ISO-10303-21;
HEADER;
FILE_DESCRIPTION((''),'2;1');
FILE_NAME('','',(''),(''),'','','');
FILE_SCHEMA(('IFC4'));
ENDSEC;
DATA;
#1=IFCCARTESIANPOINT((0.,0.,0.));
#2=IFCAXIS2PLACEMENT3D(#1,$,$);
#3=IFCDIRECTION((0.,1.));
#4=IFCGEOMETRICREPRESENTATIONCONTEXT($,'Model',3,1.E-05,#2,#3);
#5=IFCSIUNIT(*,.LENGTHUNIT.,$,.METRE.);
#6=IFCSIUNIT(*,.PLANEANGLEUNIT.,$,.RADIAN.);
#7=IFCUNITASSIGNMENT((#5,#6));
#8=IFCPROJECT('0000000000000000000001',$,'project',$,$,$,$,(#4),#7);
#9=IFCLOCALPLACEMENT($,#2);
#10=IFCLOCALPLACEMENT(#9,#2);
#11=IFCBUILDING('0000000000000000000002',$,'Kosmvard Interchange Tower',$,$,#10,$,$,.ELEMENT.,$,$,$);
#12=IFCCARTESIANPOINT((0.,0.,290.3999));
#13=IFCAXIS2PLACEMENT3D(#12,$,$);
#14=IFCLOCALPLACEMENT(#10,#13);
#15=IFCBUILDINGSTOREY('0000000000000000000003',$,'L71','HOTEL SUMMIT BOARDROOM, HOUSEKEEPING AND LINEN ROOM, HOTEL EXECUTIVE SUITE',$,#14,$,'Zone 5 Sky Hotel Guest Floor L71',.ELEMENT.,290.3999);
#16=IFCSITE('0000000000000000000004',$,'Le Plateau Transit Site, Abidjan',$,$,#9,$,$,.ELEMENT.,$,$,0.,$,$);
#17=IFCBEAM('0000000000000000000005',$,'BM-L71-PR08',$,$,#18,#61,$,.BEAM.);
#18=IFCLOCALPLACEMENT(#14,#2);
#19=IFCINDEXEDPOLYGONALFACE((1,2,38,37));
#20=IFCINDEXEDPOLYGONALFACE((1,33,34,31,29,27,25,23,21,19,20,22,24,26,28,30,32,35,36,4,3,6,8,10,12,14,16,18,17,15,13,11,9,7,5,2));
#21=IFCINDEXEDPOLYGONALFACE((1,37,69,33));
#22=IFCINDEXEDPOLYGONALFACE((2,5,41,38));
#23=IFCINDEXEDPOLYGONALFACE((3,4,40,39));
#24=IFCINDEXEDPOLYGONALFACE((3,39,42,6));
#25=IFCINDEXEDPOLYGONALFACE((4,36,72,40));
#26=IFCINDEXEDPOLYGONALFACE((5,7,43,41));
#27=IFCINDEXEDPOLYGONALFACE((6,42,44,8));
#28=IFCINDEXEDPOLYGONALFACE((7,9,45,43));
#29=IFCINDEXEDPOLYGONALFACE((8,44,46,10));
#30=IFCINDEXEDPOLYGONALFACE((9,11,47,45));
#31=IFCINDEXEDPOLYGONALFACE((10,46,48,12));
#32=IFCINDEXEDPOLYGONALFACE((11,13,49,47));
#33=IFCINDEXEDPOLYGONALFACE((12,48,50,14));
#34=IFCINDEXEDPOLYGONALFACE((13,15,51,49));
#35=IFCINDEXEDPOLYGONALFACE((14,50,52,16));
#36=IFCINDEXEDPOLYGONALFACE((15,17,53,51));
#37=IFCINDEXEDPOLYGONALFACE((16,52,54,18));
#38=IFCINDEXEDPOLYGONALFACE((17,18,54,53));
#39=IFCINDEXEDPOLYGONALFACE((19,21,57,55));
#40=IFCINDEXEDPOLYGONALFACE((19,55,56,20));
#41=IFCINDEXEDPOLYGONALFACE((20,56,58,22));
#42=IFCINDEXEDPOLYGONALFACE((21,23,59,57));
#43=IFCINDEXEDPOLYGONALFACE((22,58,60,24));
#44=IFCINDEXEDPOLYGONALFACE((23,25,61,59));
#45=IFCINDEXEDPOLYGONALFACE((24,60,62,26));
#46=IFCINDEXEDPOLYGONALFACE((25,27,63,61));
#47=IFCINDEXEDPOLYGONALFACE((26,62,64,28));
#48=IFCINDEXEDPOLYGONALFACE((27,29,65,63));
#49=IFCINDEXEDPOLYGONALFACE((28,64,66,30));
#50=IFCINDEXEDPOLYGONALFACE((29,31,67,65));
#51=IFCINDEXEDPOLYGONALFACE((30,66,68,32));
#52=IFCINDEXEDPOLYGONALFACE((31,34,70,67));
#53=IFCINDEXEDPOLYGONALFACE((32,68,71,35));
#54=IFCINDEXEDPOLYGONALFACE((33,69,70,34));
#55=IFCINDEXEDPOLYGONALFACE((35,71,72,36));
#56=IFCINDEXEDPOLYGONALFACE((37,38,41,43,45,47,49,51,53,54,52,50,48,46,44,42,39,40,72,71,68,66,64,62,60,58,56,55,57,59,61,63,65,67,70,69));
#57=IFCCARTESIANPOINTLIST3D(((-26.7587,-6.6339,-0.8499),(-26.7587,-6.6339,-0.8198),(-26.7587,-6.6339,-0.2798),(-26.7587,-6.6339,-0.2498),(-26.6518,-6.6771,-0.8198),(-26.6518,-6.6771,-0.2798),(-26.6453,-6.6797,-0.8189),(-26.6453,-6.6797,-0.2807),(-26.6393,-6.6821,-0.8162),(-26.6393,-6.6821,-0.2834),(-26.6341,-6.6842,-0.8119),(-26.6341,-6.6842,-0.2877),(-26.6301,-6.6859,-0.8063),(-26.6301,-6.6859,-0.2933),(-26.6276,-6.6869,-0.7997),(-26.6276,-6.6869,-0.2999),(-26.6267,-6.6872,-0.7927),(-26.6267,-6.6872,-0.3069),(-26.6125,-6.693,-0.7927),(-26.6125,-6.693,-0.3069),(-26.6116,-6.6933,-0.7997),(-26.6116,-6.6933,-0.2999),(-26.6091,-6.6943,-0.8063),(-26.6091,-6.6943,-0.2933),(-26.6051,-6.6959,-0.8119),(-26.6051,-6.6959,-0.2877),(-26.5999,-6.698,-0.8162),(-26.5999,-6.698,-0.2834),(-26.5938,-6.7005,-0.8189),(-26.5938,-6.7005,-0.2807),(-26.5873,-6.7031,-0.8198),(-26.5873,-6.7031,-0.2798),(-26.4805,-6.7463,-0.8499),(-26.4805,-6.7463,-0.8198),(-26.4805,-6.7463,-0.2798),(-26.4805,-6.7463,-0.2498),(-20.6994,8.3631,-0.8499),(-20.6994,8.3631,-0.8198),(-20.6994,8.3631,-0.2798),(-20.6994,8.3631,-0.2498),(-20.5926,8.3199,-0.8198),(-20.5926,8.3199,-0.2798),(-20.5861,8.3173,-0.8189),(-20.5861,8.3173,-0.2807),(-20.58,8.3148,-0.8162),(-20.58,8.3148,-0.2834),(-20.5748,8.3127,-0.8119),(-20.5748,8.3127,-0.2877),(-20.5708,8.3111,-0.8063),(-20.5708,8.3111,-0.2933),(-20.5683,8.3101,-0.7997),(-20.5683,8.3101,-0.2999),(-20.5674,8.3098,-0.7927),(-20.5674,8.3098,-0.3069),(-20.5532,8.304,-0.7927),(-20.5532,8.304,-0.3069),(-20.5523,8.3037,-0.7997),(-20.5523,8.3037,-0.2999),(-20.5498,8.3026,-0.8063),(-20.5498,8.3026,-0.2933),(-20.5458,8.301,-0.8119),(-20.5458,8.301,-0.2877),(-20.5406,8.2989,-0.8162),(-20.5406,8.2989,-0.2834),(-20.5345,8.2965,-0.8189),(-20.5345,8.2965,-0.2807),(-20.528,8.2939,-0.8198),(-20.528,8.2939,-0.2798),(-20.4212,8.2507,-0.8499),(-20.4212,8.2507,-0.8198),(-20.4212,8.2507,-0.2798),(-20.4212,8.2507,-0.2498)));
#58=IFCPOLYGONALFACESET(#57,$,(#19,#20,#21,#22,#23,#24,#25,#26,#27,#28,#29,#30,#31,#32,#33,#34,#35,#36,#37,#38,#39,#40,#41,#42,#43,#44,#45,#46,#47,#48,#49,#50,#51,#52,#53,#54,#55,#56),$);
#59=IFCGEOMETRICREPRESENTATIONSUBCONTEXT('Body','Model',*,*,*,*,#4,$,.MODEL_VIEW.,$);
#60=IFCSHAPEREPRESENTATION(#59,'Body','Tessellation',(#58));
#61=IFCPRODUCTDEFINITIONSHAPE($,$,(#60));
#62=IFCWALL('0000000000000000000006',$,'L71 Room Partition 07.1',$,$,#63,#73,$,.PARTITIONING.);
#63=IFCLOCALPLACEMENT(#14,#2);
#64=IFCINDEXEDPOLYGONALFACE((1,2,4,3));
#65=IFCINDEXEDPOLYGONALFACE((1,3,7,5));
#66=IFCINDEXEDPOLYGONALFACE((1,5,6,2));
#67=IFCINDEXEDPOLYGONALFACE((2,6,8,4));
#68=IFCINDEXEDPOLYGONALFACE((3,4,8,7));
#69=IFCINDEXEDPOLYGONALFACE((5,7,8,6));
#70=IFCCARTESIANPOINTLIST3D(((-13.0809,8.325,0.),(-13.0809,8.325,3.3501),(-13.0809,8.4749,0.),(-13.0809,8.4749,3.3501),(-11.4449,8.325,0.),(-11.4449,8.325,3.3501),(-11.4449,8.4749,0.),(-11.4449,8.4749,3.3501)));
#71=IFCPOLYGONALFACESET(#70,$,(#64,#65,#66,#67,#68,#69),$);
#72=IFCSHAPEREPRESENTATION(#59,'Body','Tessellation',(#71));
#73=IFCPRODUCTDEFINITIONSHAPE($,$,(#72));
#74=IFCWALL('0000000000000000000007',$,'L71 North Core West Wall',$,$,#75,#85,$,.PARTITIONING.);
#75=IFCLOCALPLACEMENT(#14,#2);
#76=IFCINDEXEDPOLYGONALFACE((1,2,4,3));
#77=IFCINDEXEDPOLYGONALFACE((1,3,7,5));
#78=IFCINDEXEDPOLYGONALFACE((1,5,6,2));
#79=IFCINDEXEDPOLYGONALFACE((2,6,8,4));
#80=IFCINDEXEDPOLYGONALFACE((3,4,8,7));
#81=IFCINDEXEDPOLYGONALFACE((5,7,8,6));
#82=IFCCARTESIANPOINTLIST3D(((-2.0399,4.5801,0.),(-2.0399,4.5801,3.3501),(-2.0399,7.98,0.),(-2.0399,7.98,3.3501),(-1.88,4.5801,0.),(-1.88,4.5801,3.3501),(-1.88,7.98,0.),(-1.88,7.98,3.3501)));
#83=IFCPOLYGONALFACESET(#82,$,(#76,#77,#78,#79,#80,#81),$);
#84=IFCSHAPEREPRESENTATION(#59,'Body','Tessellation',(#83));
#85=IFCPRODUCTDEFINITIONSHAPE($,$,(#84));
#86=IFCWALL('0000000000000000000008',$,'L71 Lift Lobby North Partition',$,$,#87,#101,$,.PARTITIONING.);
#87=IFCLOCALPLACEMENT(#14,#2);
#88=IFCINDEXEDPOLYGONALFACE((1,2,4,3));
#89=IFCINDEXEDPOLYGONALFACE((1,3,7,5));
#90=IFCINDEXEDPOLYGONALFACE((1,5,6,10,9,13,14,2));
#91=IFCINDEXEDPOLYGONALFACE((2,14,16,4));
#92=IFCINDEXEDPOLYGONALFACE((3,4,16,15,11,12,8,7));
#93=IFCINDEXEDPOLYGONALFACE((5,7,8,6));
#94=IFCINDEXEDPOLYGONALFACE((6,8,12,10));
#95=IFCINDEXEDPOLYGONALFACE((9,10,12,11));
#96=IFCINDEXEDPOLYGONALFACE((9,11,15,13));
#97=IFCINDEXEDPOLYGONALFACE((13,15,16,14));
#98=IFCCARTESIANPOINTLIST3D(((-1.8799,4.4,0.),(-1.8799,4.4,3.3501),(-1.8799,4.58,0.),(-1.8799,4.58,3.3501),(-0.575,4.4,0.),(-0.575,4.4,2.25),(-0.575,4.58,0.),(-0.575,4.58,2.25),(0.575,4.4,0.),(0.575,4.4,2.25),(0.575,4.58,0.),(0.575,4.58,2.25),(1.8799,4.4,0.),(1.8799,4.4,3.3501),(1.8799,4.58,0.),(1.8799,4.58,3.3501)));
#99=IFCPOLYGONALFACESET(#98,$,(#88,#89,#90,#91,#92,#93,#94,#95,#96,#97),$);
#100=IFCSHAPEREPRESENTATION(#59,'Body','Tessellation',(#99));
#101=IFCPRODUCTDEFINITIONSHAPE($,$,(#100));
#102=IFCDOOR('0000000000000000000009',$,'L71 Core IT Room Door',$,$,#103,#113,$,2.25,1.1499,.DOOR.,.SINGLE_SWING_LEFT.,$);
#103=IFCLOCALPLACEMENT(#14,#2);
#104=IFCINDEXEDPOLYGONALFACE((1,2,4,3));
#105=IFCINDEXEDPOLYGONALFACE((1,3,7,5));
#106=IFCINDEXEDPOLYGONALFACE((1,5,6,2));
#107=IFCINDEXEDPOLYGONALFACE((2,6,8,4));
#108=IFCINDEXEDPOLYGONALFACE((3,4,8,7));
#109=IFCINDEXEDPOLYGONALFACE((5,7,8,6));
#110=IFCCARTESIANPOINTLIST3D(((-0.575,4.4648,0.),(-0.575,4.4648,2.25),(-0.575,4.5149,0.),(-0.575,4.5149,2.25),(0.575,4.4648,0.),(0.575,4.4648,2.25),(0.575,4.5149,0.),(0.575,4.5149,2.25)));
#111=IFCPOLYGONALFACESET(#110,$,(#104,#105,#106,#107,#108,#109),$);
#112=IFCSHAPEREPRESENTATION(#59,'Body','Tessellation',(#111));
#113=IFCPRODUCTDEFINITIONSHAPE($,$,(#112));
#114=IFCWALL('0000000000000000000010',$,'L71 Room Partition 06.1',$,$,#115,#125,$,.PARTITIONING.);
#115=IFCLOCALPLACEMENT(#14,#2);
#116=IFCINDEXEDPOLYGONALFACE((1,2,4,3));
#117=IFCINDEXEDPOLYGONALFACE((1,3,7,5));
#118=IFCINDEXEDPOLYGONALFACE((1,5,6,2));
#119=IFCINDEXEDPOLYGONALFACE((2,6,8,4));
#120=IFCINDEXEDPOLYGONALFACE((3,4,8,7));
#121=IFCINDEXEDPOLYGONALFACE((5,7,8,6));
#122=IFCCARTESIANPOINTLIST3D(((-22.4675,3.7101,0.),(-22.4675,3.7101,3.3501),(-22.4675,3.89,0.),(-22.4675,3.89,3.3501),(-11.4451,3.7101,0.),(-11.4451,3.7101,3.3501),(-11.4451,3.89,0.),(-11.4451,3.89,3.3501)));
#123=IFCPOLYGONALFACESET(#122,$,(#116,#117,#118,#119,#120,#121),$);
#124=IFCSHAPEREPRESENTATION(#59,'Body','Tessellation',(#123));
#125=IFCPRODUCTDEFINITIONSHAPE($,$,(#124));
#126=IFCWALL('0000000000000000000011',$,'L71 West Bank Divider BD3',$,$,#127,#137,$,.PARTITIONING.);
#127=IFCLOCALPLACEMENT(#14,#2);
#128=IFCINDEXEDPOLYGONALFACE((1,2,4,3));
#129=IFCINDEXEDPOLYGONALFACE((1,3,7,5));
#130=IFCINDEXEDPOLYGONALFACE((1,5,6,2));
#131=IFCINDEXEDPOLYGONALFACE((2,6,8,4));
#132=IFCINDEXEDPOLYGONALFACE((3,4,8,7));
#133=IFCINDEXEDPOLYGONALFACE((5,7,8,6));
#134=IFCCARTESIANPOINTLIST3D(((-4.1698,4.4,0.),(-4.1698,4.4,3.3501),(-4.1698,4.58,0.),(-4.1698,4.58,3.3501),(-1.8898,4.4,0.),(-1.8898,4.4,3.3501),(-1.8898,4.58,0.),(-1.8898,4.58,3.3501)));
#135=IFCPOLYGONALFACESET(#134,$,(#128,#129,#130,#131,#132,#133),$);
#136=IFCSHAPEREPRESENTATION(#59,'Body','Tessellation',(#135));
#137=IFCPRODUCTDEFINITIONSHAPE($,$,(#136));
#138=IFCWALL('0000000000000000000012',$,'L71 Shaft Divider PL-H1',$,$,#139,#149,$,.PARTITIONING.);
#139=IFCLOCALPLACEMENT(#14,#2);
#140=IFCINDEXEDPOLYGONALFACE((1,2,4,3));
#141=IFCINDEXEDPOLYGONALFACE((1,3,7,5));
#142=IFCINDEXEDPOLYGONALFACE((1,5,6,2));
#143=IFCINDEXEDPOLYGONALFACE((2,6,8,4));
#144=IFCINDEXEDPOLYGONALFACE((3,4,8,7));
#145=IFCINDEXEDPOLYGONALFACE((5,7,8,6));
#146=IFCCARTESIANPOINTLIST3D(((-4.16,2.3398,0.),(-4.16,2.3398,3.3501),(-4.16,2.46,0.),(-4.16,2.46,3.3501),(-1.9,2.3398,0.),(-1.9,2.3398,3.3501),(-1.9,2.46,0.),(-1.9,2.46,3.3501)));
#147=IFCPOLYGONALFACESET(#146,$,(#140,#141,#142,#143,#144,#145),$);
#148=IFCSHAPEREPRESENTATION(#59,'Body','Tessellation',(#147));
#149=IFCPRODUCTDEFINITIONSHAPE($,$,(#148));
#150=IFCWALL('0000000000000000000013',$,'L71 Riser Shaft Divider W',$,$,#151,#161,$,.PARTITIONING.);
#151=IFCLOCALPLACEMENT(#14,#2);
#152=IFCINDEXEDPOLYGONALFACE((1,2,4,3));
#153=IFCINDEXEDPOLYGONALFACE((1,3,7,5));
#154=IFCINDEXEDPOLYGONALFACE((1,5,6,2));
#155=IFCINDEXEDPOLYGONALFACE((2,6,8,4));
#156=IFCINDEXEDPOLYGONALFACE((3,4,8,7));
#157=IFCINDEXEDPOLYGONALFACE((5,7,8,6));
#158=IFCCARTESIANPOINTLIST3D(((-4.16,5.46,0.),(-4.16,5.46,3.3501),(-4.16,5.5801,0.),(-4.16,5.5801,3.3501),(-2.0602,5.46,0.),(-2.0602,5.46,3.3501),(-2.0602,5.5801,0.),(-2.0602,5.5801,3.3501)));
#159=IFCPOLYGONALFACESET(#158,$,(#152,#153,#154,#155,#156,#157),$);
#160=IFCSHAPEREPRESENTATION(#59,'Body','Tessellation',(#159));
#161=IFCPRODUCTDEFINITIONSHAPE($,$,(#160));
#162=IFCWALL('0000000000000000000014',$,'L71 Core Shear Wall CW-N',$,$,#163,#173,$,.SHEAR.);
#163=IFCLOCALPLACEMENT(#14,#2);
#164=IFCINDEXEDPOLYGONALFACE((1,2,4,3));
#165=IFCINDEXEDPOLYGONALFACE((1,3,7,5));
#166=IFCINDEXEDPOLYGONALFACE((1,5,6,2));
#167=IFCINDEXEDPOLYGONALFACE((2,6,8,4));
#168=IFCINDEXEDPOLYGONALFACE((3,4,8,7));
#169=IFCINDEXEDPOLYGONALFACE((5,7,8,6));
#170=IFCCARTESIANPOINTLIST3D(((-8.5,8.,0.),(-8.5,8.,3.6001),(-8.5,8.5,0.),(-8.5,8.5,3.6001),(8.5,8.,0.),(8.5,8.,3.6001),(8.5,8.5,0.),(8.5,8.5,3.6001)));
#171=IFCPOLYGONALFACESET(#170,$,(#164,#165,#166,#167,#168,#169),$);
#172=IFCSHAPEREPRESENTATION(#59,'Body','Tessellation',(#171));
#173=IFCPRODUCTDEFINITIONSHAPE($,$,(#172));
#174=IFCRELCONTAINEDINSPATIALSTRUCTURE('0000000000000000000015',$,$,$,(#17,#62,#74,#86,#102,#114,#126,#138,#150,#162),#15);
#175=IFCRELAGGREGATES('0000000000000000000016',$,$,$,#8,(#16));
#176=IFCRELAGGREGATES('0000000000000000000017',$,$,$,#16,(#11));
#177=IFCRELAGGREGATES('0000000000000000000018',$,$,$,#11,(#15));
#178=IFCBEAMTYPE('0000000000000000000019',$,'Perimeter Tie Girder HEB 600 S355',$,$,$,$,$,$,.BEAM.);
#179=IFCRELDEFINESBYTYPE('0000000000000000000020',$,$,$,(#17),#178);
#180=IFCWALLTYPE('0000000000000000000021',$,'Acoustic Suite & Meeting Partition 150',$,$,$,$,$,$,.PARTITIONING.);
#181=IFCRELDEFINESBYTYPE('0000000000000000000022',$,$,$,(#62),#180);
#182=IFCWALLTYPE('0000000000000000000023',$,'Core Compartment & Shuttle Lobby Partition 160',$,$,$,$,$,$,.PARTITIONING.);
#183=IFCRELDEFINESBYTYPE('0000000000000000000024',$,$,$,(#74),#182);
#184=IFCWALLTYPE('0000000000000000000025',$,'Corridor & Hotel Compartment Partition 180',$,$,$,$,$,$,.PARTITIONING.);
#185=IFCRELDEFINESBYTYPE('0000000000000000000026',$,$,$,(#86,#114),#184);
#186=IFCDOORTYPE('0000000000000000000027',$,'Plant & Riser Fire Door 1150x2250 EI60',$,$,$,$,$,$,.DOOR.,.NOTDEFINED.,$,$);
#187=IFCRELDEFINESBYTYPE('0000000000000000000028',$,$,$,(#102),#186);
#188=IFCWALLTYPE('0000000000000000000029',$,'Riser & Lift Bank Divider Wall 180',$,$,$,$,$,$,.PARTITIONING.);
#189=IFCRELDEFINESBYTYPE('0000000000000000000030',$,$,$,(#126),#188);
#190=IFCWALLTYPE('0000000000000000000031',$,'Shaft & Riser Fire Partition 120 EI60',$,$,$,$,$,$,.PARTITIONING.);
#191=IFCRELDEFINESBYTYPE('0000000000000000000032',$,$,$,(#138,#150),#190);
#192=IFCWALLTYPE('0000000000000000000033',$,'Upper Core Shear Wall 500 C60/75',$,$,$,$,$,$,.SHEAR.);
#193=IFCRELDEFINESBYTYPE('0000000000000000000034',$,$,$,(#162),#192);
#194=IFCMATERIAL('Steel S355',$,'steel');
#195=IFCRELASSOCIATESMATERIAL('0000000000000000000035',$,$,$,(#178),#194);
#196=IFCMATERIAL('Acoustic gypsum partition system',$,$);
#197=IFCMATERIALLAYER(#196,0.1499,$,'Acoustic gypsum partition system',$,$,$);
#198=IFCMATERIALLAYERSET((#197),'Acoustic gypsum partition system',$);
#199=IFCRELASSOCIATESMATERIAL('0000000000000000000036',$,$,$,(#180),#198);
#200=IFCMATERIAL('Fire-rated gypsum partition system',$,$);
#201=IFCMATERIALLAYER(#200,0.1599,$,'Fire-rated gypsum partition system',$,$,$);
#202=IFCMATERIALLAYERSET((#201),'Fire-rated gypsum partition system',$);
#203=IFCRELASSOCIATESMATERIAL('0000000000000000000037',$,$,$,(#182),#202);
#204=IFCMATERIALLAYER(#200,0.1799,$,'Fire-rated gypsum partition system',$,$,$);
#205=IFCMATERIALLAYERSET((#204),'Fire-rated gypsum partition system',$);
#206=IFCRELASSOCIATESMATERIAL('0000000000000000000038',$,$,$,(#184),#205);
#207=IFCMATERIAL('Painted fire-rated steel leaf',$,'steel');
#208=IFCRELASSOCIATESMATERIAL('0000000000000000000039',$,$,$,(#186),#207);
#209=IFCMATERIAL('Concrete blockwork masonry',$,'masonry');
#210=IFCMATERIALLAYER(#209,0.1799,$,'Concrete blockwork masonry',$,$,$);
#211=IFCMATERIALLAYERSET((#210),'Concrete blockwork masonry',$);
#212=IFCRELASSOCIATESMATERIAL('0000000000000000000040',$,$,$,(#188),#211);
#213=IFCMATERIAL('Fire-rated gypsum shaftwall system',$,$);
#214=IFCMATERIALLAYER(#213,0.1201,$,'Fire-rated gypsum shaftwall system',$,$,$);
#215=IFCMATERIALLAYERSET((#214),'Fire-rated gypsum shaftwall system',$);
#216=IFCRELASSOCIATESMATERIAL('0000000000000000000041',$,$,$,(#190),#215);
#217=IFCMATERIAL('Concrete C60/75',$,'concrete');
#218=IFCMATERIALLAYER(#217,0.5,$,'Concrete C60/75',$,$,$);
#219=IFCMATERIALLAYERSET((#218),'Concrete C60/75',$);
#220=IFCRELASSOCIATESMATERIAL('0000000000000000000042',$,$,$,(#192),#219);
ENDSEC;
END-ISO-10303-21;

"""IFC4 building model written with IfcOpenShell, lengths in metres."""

from ifc_helpers import new_model, si_unit, direction, frame, frame_2d, origin, origin_2d, place, context, subcontext, project, spatial, rectangle, i_section, extrude, source, transform, mapped, material, layer, layer_set, material_profile, profile_set, type_object, element, fill, save


model = new_model("IFC4")

# Units and contexts
model_context = context("Model", 3, precision=1e-05, world=origin(), true_north=direction((0.0, 1.0)))
body_context = subcontext(model_context, "Body", "Model", "MODEL_VIEW")
ifc_project = project(units=[si_unit("LENGTHUNIT", "METRE"), si_unit("PLANEANGLEUNIT", "RADIAN")], contexts=[model_context])

# Site, building, storey
site_placement = place(None, origin())
site = spatial("IfcSite", under=ifc_project, at=site_placement, Name="Le Plateau Transit Site, Abidjan", CompositionType="ELEMENT", RefElevation=0.0)
building_placement = place(site_placement, origin())
building = spatial("IfcBuilding", under=site, at=building_placement, Name="Kosmvard Interchange Tower", CompositionType="ELEMENT")
storey_placement = place(building_placement, frame((0.0, 0.0, 290.3999)))
storey = spatial("IfcBuildingStorey", under=building, at=storey_placement, Name="L71", Description="HOTEL SUMMIT BOARDROOM, HOUSEKEEPING AND LINEN ROOM, HOTEL EXECUTIVE SUITE", LongName="Zone 5 Sky Hotel Guest Floor L71", CompositionType="ELEMENT", Elevation=290.3999)

# Beam
ifc_material_1 = material(Name="Steel S355", Category="steel")
ifc_material_profile_1 = material_profile(ifc_material_1, i_section(OverallWidth=0.3, OverallDepth=0.6001, WebThickness=0.0154, FlangeThickness=0.03, FilletRadius=0.0271, at=origin_2d()), Name="HEB 600")
ifc_profile_set_1 = profile_set([ifc_material_profile_1], Name="Steel S355")
beam_type_1 = type_object("IfcBeamType", Name="Perimeter Tie Girder HEB 600 S355", PredefinedType="BEAM", material=ifc_profile_set_1)
shared_shape_1 = source(origin(), body_context, "Body", "SweptSolid", [
    extrude(i_section(OverallWidth=0.3, OverallDepth=0.6001, WebThickness=0.0154, FlangeThickness=0.03, FilletRadius=0.0271, at=origin_2d()), origin(), (0.0, 0.0, 1.0), 16.1748),
])
beam_1_placement = place(storey_placement, frame((-20.5603, 8.3069, -0.5498), z_axis=(-0.374613, -0.927181, 0.0), x_axis=(0.927181, -0.374613, 0.0)))
element("IfcBeam", 1, at=beam_1_placement, inside=storey, type_object=beam_type_1, Name="BM-L71-PR08", PredefinedType="BEAM", context=body_context, shape_type="MappedRepresentation", body=[
    mapped(shared_shape_1, transform((0.0, 0.0, 0.0), scale=1.0)),
])

# Walls
ifc_material_2 = material(Name="Acoustic gypsum partition system")
ifc_layer_1 = layer(ifc_material_2, 0.1499, Name="Acoustic gypsum partition system")
ifc_layer_set_1 = layer_set([ifc_layer_1], Name="Acoustic gypsum partition system")
wall_type_1 = type_object("IfcWallType", Name="Acoustic Suite & Meeting Partition 150", PredefinedType="PARTITIONING", material=ifc_layer_set_1)
wall_1_placement = place(storey_placement, frame((-11.4451, 8.3999, 0.0), z_axis=(0.0, 0.0, 1.0), x_axis=(-1.0, 0.0, 0.0)))
element("IfcWall", 2, at=wall_1_placement, inside=storey, type_object=wall_type_1, Name="L71 Room Partition 07.1", PredefinedType="PARTITIONING", context=body_context, shape_type="SweptSolid", body=[
    extrude(rectangle(XDim=1.636, YDim=0.1499, at=frame_2d((0.8179, 0.0))), origin(), (0.0, 0.0, 1.0), 3.3501),
])
ifc_material_3 = material(Name="Fire-rated gypsum partition system")
ifc_layer_2 = layer(ifc_material_3, 0.1599, Name="Fire-rated gypsum partition system")
ifc_layer_set_2 = layer_set([ifc_layer_2], Name="Fire-rated gypsum partition system")
wall_type_2 = type_object("IfcWallType", Name="Core Compartment & Shuttle Lobby Partition 160", PredefinedType="PARTITIONING", material=ifc_layer_set_2)
wall_2_placement = place(storey_placement, frame((-1.96, 4.5801, 0.0), z_axis=(0.0, 0.0, 1.0), x_axis=(0.0, 1.0, 0.0)))
element("IfcWall", 3, at=wall_2_placement, inside=storey, type_object=wall_type_2, Name="L71 North Core West Wall", PredefinedType="PARTITIONING", context=body_context, shape_type="SweptSolid", body=[
    extrude(rectangle(XDim=3.3999, YDim=0.1599, at=frame_2d((1.7, 0.0))), origin(), (0.0, 0.0, 1.0), 3.3501),
])

# Wall, opening, door
ifc_layer_3 = layer(ifc_material_3, 0.1799, Name="Fire-rated gypsum partition system")
ifc_layer_set_3 = layer_set([ifc_layer_3], Name="Fire-rated gypsum partition system")
wall_type_3 = type_object("IfcWallType", Name="Corridor & Hotel Compartment Partition 180", PredefinedType="PARTITIONING", material=ifc_layer_set_3)
wall_3_placement = place(storey_placement, frame((-1.8799, 4.49, 0.0), z_axis=(0.0, 0.0, 1.0), x_axis=(1.0, 0.0, 0.0)))
wall_3 = element("IfcWall", 4, at=wall_3_placement, inside=storey, type_object=wall_type_3, Name="L71 Lift Lobby North Partition", PredefinedType="PARTITIONING", context=body_context, shape_type="SweptSolid", body=[
    extrude(rectangle(XDim=3.7598, YDim=0.1799, at=frame_2d((1.8799, 0.0))), origin(), (0.0, 0.0, 1.0), 3.3501),
])
opening_1_placement = place(wall_3_placement, frame((1.3049, 0.0, 0.0)))
opening_1 = element("IfcOpeningElement", 5, at=opening_1_placement, cuts=wall_3, PredefinedType="OPENING", context=body_context, shape_type="SweptSolid", body=[
    extrude(rectangle(XDim=1.1499, YDim=2.25, at=frame_2d((0.575, 1.125))), frame((0.0, 0.1001, 0.0), z_axis=(0.0, -1.0, 0.0), x_axis=(1.0, 0.0, 0.0)), (0.0, 0.0, 1.0), 0.2),
])
ifc_material_4 = material(Name="Painted fire-rated steel leaf", Category="steel")
door_type_1 = type_object("IfcDoorType", Name="Plant & Riser Fire Door 1150x2250 EI60", OperationType="NOTDEFINED", PredefinedType="DOOR", material=ifc_material_4)
shared_shape_2 = source(origin(), body_context, "Body", "SweptSolid", [
    extrude(rectangle(XDim=1.1499, YDim=2.25, at=frame_2d((0.575, 1.125))), frame((0.0, 0.0249, 0.0), z_axis=(0.0, -1.0, 0.0), x_axis=(1.0, 0.0, 0.0)), (0.0, 0.0, 1.0), 0.05),
])
door_1_placement = place(opening_1_placement, origin())
door_1 = element("IfcDoor", 6, at=door_1_placement, inside=storey, type_object=door_type_1, Name="L71 Core IT Room Door", OperationType="SINGLE_SWING_LEFT", OverallHeight=2.25, OverallWidth=1.1499, PredefinedType="DOOR", context=body_context, shape_type="MappedRepresentation", body=[
    mapped(shared_shape_2, transform((0.0, 0.0, 0.0), scale=1.0)),
])
fill(opening_1, door_1)

# Walls
wall_4_placement = place(storey_placement, frame((-11.4451, 3.8, 0.0), z_axis=(0.0, 0.0, 1.0), x_axis=(-1.0, 0.0, 0.0)))
element("IfcWall", 7, at=wall_4_placement, inside=storey, type_object=wall_type_3, Name="L71 Room Partition 06.1", PredefinedType="PARTITIONING", context=body_context, shape_type="SweptSolid", body=[
    extrude(rectangle(XDim=11.0225, YDim=0.1799, at=frame_2d((5.5112, 0.0))), origin(), (0.0, 0.0, 1.0), 3.3501),
])
ifc_material_5 = material(Name="Concrete blockwork masonry", Category="masonry")
ifc_layer_4 = layer(ifc_material_5, 0.1799, Name="Concrete blockwork masonry")
ifc_layer_set_4 = layer_set([ifc_layer_4], Name="Concrete blockwork masonry")
wall_type_4 = type_object("IfcWallType", Name="Riser & Lift Bank Divider Wall 180", PredefinedType="PARTITIONING", material=ifc_layer_set_4)
wall_5_placement = place(storey_placement, frame((-4.1699, 4.49, 0.0), z_axis=(0.0, 0.0, 1.0), x_axis=(1.0, 0.0, 0.0)))
element("IfcWall", 8, at=wall_5_placement, inside=storey, type_object=wall_type_4, Name="L71 West Bank Divider BD3", PredefinedType="PARTITIONING", context=body_context, shape_type="SweptSolid", body=[
    extrude(rectangle(XDim=2.28, YDim=0.1799, at=frame_2d((1.1401, 0.0))), origin(), (0.0, 0.0, 1.0), 3.3501),
])
ifc_material_6 = material(Name="Fire-rated gypsum shaftwall system")
ifc_layer_5 = layer(ifc_material_6, 0.1201, Name="Fire-rated gypsum shaftwall system")
ifc_layer_set_5 = layer_set([ifc_layer_5], Name="Fire-rated gypsum shaftwall system")
wall_type_5 = type_object("IfcWallType", Name="Shaft & Riser Fire Partition 120 EI60", PredefinedType="PARTITIONING", material=ifc_layer_set_5)
wall_6_placement = place(storey_placement, frame((-4.1599, 2.3999, 0.0), z_axis=(0.0, 0.0, 1.0), x_axis=(1.0, 0.0, 0.0)))
element("IfcWall", 9, at=wall_6_placement, inside=storey, type_object=wall_type_5, Name="L71 Shaft Divider PL-H1", PredefinedType="PARTITIONING", context=body_context, shape_type="SweptSolid", body=[
    extrude(rectangle(XDim=2.26, YDim=0.1201, at=frame_2d((1.1299, 0.0))), origin(), (0.0, 0.0, 1.0), 3.3501),
])
wall_7_placement = place(storey_placement, frame((-4.1599, 5.52, 0.0), z_axis=(0.0, 0.0, 1.0), x_axis=(1.0, 0.0, 0.0)))
element("IfcWall", 10, at=wall_7_placement, inside=storey, type_object=wall_type_5, Name="L71 Riser Shaft Divider W", PredefinedType="PARTITIONING", context=body_context, shape_type="SweptSolid", body=[
    extrude(rectangle(XDim=2.0999, YDim=0.1201, at=frame_2d((1.0498, 0.0))), origin(), (0.0, 0.0, 1.0), 3.3501),
])
ifc_material_7 = material(Name="Concrete C60/75", Category="concrete")
ifc_layer_6 = layer(ifc_material_7, 0.5, Name="Concrete C60/75")
ifc_layer_set_6 = layer_set([ifc_layer_6], Name="Concrete C60/75")
wall_type_6 = type_object("IfcWallType", Name="Upper Core Shear Wall 500 C60/75", PredefinedType="SHEAR", material=ifc_layer_set_6)
wall_8_placement = place(storey_placement, frame((-8.5, 8.25, 0.0), z_axis=(0.0, 0.0, 1.0), x_axis=(1.0, 0.0, 0.0)))
element("IfcWall", 11, at=wall_8_placement, inside=storey, type_object=wall_type_6, Name="L71 Core Shear Wall CW-N", PredefinedType="SHEAR", context=body_context, shape_type="SweptSolid", body=[
    extrude(rectangle(XDim=17.0, YDim=0.5, at=frame_2d((8.5, 0.0))), origin(), (0.0, 0.0, 1.0), 3.6001),
])

save(model, "model.ifc")
